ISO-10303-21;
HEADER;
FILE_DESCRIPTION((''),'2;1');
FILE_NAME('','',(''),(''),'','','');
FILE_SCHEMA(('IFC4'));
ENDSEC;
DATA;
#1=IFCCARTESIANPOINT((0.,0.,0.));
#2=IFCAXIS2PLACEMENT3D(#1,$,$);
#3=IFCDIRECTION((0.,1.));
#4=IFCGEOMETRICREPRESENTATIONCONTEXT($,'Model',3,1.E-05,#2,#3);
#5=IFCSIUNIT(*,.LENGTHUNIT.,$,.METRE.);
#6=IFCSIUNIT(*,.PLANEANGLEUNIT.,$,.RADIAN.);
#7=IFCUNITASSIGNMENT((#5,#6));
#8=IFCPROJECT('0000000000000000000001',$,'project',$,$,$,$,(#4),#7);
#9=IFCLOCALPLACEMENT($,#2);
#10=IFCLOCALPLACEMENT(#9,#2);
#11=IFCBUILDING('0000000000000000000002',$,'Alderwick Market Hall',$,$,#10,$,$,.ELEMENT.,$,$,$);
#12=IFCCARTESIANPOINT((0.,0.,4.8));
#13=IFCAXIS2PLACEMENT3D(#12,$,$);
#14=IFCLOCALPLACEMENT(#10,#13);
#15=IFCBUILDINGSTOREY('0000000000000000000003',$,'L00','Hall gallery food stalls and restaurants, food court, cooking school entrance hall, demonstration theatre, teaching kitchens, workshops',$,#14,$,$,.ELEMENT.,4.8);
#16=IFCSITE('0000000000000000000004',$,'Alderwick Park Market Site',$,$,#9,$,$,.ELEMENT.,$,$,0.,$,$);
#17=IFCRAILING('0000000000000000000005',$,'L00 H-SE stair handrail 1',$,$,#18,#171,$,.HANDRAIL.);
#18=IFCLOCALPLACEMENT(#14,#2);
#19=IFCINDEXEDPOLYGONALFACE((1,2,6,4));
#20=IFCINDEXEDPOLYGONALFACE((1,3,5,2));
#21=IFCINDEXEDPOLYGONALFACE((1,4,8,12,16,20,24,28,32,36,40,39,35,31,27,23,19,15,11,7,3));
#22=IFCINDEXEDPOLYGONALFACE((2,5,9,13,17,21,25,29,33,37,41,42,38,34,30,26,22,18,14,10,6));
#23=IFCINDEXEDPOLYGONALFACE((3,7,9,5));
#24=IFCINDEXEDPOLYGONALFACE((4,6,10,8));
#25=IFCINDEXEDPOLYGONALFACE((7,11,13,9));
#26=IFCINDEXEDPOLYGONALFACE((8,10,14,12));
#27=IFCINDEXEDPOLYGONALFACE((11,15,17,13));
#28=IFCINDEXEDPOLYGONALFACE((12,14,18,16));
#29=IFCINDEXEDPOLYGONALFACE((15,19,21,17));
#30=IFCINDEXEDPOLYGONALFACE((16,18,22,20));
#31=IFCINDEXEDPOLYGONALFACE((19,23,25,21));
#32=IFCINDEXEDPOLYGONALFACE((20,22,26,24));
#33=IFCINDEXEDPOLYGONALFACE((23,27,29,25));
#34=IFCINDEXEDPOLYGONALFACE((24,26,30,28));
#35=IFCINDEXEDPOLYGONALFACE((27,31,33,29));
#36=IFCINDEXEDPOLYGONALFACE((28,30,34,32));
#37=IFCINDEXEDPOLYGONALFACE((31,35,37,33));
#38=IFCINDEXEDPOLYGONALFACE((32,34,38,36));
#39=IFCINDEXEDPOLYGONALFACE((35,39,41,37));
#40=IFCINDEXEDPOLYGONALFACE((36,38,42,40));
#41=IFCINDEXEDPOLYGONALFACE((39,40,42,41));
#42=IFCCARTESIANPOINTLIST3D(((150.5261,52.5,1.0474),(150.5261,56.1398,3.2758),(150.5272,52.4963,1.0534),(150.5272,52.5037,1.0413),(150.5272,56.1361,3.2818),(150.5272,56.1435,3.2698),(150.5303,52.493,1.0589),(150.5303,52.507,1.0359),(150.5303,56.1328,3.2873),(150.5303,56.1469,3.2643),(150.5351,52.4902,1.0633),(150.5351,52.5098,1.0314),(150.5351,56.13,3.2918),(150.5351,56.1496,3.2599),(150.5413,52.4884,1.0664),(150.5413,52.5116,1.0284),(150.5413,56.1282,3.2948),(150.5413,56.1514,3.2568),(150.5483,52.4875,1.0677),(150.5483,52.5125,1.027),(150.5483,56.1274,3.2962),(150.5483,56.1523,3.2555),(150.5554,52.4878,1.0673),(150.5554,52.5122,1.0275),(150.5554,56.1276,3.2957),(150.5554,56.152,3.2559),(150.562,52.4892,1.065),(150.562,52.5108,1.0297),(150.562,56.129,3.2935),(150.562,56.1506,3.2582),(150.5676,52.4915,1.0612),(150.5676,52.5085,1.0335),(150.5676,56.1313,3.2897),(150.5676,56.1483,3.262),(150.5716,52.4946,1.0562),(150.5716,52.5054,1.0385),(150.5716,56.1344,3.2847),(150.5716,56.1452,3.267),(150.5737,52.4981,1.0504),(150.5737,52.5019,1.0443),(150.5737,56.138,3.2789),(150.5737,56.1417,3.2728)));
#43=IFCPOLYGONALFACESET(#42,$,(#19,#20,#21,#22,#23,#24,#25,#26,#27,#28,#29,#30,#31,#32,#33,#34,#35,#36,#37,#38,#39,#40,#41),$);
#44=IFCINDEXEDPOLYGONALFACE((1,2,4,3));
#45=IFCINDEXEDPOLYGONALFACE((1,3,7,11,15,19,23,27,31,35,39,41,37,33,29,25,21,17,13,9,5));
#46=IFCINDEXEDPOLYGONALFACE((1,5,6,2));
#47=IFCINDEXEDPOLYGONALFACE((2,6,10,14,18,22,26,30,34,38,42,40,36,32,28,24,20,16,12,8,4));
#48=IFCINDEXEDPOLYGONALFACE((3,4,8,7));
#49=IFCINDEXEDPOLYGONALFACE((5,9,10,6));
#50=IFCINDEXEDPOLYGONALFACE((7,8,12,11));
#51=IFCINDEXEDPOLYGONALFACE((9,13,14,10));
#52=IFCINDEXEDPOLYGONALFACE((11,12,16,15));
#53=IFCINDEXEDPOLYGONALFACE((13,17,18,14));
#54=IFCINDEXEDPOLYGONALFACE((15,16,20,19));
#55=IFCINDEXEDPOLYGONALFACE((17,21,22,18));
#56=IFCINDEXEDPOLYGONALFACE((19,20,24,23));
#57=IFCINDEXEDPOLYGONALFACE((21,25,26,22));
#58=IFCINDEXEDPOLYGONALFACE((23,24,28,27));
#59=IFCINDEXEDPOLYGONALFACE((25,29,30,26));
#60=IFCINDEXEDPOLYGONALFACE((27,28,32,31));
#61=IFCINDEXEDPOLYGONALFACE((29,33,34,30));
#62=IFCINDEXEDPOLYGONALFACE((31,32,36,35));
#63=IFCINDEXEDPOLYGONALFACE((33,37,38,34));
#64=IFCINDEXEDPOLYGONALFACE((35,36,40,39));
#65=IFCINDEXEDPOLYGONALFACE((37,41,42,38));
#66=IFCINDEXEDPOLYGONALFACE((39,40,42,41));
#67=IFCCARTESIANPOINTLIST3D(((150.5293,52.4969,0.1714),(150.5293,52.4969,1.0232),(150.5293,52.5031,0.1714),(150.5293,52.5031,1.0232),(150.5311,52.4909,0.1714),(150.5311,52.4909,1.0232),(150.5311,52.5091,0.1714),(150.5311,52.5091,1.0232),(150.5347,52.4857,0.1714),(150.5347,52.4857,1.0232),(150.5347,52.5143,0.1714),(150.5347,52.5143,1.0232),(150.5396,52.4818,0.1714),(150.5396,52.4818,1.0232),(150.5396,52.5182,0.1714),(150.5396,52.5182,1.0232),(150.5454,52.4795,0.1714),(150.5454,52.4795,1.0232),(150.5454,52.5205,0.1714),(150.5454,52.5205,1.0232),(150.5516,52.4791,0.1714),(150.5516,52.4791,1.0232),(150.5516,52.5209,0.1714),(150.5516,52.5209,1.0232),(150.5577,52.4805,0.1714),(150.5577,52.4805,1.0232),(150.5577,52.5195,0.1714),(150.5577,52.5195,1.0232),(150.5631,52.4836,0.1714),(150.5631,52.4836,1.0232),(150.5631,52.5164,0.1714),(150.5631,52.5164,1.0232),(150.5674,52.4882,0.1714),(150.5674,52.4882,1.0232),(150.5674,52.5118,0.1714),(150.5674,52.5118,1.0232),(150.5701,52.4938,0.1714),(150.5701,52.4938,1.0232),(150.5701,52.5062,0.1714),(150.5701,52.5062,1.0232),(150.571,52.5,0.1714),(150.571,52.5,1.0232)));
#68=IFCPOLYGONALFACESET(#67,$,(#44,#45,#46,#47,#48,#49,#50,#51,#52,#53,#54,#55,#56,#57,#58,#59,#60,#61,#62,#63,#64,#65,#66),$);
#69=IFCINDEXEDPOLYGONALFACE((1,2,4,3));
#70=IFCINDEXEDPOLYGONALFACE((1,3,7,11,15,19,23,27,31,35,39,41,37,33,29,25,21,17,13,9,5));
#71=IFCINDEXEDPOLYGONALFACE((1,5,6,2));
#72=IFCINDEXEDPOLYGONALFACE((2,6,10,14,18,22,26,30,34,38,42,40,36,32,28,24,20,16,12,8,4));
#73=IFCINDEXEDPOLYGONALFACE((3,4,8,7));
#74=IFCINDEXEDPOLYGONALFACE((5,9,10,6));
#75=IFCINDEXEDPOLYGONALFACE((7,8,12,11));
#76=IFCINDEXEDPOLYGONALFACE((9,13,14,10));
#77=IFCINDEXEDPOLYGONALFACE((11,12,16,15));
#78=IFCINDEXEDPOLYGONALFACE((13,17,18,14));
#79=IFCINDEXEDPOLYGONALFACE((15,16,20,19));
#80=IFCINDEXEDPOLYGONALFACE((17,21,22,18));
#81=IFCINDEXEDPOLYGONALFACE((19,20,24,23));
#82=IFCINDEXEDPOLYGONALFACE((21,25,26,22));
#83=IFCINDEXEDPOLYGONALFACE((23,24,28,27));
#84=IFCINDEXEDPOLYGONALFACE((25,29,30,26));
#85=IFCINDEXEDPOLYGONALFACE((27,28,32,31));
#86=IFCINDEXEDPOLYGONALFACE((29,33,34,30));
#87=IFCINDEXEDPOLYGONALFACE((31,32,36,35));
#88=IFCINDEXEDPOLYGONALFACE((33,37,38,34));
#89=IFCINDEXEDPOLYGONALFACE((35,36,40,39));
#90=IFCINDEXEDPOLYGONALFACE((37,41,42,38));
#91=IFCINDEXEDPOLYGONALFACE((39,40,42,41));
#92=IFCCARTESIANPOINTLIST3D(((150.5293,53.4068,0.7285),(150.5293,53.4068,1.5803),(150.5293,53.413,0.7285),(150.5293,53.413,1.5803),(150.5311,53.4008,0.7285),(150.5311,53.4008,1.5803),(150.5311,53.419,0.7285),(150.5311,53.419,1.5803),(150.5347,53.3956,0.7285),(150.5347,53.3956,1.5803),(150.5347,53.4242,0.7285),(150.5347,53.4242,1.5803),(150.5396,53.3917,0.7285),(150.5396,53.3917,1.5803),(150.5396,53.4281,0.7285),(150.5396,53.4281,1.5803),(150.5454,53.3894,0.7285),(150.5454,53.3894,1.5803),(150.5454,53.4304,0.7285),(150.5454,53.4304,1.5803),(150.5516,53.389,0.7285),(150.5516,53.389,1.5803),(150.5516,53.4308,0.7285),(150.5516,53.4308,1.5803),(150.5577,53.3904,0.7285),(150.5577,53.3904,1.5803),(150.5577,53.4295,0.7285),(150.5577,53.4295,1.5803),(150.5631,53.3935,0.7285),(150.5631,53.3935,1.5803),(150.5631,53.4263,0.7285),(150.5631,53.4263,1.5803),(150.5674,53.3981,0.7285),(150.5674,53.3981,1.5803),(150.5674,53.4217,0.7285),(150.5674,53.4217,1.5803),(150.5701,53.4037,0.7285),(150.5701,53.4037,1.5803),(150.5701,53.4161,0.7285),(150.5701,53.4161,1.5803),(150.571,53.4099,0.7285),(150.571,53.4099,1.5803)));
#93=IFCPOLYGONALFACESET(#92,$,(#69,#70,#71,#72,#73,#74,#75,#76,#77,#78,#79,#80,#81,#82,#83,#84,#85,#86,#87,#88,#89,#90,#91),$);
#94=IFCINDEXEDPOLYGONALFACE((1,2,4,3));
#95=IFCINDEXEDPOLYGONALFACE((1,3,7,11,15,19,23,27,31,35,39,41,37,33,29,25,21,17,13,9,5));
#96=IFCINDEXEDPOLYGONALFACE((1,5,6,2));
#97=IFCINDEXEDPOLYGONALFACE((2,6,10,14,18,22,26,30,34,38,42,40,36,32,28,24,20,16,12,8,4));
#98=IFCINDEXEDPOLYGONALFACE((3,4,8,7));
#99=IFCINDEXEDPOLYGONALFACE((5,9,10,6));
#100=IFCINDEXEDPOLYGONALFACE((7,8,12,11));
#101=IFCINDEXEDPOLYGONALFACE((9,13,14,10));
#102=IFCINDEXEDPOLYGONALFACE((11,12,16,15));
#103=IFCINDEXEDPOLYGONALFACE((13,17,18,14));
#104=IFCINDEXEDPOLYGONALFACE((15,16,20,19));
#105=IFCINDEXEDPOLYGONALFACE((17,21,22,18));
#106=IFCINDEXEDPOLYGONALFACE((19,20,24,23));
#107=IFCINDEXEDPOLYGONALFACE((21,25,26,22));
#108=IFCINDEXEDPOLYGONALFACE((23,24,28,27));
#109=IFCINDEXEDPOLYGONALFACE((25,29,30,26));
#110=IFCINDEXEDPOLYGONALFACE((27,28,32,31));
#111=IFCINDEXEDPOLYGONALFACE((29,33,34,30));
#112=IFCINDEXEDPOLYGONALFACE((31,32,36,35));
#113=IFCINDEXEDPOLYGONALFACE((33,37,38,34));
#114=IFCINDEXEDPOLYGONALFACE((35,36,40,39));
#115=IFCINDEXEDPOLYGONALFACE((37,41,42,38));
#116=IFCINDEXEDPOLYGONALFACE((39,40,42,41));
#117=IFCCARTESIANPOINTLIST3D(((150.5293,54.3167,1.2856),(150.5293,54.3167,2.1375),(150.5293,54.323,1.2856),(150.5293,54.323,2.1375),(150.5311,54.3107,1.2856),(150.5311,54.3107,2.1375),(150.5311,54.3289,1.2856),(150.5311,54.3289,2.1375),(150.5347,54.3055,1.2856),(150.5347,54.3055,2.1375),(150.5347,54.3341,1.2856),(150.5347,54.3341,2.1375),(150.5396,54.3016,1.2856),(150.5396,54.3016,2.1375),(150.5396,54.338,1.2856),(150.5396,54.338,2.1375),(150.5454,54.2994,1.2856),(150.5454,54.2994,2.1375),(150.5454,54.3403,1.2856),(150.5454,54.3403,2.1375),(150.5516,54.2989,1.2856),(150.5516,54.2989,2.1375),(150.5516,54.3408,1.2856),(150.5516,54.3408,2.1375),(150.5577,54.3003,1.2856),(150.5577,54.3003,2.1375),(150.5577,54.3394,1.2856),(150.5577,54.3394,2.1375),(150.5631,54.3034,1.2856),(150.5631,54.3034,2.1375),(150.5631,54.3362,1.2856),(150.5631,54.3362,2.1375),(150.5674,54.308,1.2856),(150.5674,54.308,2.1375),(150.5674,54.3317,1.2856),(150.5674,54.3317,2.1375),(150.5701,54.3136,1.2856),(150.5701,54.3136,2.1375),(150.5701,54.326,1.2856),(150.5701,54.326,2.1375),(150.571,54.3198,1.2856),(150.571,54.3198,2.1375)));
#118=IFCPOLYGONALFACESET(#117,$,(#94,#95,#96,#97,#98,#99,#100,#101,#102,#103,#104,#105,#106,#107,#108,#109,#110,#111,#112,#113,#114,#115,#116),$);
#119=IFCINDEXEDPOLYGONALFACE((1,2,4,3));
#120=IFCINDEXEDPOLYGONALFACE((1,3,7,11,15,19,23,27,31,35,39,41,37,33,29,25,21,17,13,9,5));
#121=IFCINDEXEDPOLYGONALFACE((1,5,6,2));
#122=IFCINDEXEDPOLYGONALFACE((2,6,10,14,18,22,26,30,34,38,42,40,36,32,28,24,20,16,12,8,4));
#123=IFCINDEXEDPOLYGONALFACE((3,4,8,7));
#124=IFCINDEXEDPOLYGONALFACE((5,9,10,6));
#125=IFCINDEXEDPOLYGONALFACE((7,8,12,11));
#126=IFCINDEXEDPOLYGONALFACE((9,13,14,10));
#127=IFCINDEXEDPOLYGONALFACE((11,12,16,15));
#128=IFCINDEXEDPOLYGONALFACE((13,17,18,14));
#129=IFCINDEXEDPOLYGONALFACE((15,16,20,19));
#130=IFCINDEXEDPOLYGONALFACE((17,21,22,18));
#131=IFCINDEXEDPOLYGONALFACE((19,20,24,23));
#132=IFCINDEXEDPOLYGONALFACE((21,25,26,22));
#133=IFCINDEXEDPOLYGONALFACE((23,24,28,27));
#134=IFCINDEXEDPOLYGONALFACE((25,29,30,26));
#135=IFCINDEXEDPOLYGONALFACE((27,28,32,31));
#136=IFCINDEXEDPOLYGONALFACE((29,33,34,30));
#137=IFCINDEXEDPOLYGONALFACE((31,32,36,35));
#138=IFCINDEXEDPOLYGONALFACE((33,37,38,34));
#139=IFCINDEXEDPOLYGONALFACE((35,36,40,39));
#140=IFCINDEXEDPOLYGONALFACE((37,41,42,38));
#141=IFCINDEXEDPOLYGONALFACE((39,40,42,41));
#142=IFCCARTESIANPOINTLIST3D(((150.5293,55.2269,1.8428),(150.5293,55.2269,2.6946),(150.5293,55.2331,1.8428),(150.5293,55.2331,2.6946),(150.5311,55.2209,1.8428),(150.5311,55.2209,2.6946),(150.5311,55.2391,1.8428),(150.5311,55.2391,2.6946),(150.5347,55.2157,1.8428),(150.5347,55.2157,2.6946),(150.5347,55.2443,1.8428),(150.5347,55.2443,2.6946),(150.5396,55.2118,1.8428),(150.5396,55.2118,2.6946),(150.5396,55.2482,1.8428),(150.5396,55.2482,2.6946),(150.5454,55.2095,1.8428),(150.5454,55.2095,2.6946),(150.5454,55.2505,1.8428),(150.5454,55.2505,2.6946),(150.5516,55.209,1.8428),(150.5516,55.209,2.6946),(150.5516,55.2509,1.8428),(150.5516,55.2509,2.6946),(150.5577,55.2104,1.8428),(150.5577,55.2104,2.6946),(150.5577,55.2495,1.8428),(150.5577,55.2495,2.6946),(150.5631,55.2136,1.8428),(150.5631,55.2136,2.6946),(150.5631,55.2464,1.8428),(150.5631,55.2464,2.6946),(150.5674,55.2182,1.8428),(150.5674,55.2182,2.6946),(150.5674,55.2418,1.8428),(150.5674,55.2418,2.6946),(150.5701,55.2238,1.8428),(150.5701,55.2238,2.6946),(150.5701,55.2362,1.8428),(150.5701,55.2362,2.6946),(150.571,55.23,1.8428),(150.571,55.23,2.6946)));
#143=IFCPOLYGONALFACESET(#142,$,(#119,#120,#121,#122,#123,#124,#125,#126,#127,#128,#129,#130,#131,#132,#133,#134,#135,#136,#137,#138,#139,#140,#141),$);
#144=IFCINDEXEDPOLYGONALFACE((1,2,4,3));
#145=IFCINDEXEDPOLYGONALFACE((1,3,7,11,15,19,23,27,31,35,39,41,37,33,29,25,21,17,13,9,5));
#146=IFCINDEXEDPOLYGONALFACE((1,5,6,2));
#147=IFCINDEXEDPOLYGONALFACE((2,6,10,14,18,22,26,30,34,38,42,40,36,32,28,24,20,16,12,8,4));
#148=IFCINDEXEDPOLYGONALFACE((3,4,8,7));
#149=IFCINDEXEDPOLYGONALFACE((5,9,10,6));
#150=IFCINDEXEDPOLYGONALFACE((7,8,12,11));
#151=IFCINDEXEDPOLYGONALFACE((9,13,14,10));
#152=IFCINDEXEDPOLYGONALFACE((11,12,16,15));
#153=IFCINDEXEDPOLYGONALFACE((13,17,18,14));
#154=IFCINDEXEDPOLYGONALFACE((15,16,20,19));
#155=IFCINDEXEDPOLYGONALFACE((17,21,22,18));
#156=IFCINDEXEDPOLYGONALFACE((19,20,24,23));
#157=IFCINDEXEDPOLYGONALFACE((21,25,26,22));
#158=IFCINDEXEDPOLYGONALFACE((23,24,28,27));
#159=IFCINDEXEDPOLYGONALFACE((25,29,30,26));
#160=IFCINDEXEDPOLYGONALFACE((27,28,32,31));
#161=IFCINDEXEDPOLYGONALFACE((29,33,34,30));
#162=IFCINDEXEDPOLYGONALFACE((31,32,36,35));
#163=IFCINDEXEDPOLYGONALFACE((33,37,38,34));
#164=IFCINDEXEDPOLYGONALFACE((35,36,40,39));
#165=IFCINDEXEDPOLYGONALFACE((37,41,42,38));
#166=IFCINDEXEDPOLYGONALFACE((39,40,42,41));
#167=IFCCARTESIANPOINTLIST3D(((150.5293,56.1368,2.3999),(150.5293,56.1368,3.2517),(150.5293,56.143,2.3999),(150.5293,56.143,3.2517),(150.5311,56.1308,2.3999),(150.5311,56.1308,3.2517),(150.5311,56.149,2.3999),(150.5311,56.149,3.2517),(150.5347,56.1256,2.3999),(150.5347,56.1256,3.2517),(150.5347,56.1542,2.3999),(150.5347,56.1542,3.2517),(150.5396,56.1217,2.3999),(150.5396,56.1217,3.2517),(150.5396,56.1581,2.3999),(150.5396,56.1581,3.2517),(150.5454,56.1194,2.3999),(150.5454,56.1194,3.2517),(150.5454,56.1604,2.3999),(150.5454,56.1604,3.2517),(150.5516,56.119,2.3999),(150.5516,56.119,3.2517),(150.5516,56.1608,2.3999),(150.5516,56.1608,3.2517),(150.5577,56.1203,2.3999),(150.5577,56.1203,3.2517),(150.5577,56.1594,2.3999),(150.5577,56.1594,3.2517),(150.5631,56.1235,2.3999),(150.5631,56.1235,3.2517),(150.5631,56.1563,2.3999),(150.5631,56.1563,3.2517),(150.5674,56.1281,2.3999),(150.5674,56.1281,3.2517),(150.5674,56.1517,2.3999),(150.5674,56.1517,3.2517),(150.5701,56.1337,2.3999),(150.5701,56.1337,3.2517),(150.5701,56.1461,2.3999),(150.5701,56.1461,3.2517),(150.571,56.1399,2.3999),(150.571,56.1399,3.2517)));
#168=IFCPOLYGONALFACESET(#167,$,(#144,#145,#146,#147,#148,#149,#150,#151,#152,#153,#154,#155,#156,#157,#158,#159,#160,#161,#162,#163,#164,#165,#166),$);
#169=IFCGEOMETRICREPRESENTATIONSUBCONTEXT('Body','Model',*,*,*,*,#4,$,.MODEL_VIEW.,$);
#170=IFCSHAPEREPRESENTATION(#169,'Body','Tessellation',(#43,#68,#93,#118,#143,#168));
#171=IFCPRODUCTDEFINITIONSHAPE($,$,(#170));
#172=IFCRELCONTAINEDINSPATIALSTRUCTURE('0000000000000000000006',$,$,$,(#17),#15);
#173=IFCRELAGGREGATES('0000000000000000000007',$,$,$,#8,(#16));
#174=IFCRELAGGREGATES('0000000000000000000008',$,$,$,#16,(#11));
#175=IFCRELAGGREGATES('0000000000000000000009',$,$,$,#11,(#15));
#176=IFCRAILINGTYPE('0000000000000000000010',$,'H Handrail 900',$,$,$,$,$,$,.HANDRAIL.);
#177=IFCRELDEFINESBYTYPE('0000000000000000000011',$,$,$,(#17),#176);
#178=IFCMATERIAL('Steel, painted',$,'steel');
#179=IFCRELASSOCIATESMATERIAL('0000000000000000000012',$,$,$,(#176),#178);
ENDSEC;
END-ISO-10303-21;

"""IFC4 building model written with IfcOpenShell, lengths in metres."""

from ifc_helpers import new_model, si_unit, direction, frame, origin, origin_2d, place, context, subcontext, project, spatial, circle, extrude, material, type_object, element, save


model = new_model("IFC4")

# Units and contexts
model_context = context("Model", 3, precision=1e-05, world=origin(), true_north=direction((0.0, 1.0)))
body_context = subcontext(model_context, "Body", "Model", "MODEL_VIEW")
ifc_project = project(units=[si_unit("LENGTHUNIT", "METRE"), si_unit("PLANEANGLEUNIT", "RADIAN")], contexts=[model_context])

# Site, building, storey
site_placement = place(None, origin())
site = spatial("IfcSite", under=ifc_project, at=site_placement, Name="Alderwick Park Market Site", CompositionType="ELEMENT", RefElevation=0.0)
building_placement = place(site_placement, origin())
building = spatial("IfcBuilding", under=site, at=building_placement, Name="Alderwick Market Hall", CompositionType="ELEMENT")
storey_placement = place(building_placement, frame((0.0, 0.0, 4.8)))
storey = spatial("IfcBuildingStorey", under=building, at=storey_placement, Name="L00", Description="Hall gallery food stalls and restaurants, food court, cooking school entrance hall, demonstration theatre, teaching kitchens, workshops", CompositionType="ELEMENT", Elevation=4.8)

# Railing
ifc_material_1 = material(Name="Steel, painted", Category="steel")
railing_type_1 = type_object("IfcRailingType", Name="H Handrail 900", PredefinedType="HANDRAIL", material=ifc_material_1)
railing_1_placement = place(storey_placement, frame((150.55, 52.5, 0.1714)))
element("IfcRailing", 1, at=railing_1_placement, inside=storey, type_object=railing_type_1, Name="L00 H-SE stair handrail 1", PredefinedType="HANDRAIL", context=body_context, shape_type="SweptSolid", body=[
    extrude(circle(Radius=0.0239, at=origin_2d()), frame((0.0, 0.0, 0.876), z_axis=(0.0, 0.85285, 0.522156), x_axis=(-1.0, 0.0, 0.0)), (0.0, 0.0, 1.0), 4.2678),
    extrude(circle(Radius=0.021, at=origin_2d()), origin(), (0.0, 0.0, 1.0), 0.8518),
    extrude(circle(Radius=0.021, at=origin_2d()), frame((0.0, 0.9099, 0.5571)), (0.0, 0.0, 1.0), 0.8518),
    extrude(circle(Radius=0.021, at=origin_2d()), frame((0.0, 1.8198, 1.1143)), (0.0, 0.0, 1.0), 0.8518),
    extrude(circle(Radius=0.021, at=origin_2d()), frame((0.0, 2.73, 1.6714)), (0.0, 0.0, 1.0), 0.8518),
    extrude(circle(Radius=0.021, at=origin_2d()), frame((0.0, 3.6399, 2.2285)), (0.0, 0.0, 1.0), 0.8518),
])

save(model, "model.ifc")
